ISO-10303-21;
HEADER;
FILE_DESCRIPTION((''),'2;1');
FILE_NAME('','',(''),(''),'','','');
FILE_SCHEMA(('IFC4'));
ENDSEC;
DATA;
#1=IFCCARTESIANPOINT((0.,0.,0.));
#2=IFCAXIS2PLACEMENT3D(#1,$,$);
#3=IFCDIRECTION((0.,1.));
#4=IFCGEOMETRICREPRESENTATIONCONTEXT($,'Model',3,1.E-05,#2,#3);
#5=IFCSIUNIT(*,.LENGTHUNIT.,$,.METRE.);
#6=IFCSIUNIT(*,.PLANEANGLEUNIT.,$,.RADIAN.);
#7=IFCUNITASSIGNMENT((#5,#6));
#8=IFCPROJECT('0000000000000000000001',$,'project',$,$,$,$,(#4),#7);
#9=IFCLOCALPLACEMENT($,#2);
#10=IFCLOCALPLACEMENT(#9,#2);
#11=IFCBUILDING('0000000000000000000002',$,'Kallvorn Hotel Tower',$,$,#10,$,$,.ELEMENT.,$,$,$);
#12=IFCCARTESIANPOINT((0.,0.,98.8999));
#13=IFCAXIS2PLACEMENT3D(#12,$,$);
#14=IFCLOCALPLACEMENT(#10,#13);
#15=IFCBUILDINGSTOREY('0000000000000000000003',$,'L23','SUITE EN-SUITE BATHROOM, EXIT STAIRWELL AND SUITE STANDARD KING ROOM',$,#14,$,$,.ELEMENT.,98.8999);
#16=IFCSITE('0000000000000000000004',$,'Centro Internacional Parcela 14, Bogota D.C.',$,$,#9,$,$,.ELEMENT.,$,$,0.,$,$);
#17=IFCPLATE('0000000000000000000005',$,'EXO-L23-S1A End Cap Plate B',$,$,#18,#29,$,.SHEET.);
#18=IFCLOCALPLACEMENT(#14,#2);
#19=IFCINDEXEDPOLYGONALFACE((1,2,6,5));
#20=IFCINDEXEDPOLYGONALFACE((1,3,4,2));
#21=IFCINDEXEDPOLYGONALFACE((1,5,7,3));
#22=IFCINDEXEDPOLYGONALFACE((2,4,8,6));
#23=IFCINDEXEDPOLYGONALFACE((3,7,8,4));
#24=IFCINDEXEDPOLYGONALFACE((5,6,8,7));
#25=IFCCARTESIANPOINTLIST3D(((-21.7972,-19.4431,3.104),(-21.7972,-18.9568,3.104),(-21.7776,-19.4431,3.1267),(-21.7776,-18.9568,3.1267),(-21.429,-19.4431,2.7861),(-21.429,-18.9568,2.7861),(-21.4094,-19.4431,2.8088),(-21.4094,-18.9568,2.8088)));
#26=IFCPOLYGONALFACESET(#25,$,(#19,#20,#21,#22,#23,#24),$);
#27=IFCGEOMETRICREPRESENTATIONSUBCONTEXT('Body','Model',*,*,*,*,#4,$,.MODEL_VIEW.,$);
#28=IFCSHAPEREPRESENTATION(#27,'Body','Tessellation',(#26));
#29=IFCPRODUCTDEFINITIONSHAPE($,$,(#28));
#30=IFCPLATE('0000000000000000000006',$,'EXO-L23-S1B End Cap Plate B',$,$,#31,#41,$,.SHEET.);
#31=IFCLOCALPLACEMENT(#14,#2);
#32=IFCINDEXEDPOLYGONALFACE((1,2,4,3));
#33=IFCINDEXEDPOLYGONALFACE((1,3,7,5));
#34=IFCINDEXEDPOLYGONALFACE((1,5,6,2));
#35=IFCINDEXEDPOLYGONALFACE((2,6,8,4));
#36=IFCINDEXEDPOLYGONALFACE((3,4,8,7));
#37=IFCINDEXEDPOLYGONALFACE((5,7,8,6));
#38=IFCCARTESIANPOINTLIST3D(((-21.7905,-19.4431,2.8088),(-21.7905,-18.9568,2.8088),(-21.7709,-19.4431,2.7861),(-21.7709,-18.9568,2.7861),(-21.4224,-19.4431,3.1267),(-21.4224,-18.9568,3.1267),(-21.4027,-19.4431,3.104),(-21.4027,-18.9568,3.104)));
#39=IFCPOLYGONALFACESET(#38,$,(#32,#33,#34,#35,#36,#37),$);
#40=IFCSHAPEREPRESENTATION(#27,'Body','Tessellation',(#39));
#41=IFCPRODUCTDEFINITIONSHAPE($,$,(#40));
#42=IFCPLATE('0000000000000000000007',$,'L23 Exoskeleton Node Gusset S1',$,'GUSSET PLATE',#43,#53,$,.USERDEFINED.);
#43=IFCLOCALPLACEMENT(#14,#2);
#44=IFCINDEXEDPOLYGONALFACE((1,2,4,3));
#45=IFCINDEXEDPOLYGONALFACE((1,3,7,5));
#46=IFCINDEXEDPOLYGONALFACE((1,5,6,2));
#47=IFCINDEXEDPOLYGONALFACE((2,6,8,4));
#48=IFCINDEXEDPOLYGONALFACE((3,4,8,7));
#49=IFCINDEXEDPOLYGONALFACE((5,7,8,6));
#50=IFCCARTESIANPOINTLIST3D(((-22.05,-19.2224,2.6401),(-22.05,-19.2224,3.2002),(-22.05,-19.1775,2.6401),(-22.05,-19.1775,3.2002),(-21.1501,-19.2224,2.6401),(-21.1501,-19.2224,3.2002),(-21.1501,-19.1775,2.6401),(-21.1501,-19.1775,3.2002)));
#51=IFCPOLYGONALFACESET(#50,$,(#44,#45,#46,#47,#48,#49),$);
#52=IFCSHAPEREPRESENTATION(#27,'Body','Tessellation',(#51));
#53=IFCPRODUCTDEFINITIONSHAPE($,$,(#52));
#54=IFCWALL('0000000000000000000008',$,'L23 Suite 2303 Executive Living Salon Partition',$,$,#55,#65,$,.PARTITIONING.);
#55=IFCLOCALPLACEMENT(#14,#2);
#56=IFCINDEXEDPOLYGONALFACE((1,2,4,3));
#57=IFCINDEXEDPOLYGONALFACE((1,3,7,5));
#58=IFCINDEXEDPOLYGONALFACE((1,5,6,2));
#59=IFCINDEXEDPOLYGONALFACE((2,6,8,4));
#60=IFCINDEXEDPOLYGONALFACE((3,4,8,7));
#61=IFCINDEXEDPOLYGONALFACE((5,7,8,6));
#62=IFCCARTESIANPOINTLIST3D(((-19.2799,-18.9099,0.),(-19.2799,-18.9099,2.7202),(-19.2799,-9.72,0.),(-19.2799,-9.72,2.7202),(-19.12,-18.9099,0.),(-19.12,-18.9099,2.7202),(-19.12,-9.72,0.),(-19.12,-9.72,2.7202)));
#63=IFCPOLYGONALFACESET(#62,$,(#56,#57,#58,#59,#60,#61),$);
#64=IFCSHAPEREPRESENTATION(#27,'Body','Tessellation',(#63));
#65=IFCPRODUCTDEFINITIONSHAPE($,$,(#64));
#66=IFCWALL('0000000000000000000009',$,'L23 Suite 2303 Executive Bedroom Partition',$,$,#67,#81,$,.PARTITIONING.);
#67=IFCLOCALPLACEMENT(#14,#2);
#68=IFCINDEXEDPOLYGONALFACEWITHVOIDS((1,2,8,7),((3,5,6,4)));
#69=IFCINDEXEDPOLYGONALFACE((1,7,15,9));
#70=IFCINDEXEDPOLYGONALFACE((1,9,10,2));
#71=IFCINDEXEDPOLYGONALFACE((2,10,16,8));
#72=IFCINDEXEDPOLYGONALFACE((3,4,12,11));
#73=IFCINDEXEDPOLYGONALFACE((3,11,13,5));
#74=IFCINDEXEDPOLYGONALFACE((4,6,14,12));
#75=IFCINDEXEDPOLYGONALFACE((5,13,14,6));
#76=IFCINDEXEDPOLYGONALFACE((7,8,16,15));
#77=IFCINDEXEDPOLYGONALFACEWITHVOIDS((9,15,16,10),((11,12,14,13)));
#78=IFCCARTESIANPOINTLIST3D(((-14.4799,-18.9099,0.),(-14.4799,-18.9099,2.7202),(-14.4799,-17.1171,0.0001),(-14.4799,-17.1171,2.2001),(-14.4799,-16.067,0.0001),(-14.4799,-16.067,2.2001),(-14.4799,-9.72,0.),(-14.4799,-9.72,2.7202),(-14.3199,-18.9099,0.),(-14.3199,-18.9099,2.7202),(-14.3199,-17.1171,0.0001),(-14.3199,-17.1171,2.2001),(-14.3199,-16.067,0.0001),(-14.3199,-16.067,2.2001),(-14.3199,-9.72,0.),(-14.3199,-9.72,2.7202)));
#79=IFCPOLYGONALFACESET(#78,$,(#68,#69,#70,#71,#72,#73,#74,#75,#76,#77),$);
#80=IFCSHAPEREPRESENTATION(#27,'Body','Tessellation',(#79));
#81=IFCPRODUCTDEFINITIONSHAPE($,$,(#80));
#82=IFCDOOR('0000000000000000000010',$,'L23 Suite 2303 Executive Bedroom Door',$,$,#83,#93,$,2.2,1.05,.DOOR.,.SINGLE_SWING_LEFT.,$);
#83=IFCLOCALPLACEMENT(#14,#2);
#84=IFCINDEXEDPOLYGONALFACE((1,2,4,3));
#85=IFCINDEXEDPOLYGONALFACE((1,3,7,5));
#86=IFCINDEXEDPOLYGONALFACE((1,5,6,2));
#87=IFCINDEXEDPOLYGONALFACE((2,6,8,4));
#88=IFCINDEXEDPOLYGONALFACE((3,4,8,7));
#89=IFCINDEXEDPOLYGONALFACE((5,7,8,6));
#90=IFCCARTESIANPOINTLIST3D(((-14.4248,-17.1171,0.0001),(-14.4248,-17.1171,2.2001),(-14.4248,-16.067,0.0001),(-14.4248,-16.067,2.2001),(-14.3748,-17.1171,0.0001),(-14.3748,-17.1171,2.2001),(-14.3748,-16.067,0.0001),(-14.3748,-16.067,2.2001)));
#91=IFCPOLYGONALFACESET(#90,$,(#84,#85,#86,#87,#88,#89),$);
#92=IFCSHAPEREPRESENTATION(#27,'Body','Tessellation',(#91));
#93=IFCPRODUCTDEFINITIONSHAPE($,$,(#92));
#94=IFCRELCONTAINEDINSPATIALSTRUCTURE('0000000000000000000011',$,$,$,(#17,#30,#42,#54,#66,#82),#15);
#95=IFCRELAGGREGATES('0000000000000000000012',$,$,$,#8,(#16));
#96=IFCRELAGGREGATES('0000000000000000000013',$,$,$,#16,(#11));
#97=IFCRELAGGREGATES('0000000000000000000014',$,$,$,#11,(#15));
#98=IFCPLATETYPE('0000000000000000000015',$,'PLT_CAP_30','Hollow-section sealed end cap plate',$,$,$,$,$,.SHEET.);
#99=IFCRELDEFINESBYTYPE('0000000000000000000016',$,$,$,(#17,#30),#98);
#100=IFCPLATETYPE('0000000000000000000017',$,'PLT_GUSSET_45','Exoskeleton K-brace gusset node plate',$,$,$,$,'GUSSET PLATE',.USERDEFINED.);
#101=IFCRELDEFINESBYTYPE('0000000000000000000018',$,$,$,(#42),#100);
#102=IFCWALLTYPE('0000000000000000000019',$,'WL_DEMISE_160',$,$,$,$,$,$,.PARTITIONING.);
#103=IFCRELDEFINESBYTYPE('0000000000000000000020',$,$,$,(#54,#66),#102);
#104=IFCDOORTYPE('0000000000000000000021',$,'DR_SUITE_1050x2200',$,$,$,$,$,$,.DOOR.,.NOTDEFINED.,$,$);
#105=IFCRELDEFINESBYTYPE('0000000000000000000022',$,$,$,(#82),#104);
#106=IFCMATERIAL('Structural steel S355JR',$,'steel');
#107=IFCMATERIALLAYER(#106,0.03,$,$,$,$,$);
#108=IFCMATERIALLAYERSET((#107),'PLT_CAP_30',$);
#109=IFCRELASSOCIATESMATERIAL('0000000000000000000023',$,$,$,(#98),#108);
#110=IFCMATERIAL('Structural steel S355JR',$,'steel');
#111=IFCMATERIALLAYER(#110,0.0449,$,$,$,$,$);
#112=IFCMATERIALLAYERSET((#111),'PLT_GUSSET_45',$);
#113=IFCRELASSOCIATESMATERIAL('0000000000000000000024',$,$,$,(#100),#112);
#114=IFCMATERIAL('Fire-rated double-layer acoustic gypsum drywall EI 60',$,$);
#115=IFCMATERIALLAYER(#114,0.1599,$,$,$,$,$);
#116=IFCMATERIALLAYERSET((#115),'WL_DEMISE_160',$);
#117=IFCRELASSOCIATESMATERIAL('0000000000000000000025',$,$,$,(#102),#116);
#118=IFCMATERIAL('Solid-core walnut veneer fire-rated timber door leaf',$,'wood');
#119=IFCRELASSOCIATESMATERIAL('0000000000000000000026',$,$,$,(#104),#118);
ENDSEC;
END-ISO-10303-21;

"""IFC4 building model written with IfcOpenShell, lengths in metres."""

from ifc_helpers import new_model, si_unit, direction, frame, frame_2d, origin, origin_2d, place, context, subcontext, project, spatial, polyline, rectangle, outline, extrude, material, layer, layer_set, type_object, element, fill, save


model = new_model("IFC4")

# Units and contexts
model_context = context("Model", 3, precision=1e-05, world=origin(), true_north=direction((0.0, 1.0)))
body_context = subcontext(model_context, "Body", "Model", "MODEL_VIEW")
ifc_project = project(units=[si_unit("LENGTHUNIT", "METRE"), si_unit("PLANEANGLEUNIT", "RADIAN")], contexts=[model_context])

# Site, building, storey
site_placement = place(None, origin())
site = spatial("IfcSite", under=ifc_project, at=site_placement, Name="Centro Internacional Parcela 14, Bogota D.C.", CompositionType="ELEMENT", RefElevation=0.0)
building_placement = place(site_placement, origin())
building = spatial("IfcBuilding", under=site, at=building_placement, Name="Kallvorn Hotel Tower", CompositionType="ELEMENT")
storey_placement = place(building_placement, frame((0.0, 0.0, 98.8999)))
storey = spatial("IfcBuildingStorey", under=building, at=storey_placement, Name="L23", Description="SUITE EN-SUITE BATHROOM, EXIT STAIRWELL AND SUITE STANDARD KING ROOM", CompositionType="ELEMENT", Elevation=98.8999)

# Plates
ifc_material_1 = material(Name="Structural steel S355JR", Category="steel")
ifc_layer_1 = layer(ifc_material_1, 0.03)
ifc_layer_set_1 = layer_set([ifc_layer_1], Name="PLT_CAP_30")
plate_type_1 = type_object("IfcPlateType", Name="PLT_CAP_30", Description="Hollow-section sealed end cap plate", PredefinedType="SHEET", material=ifc_layer_set_1)
for number, where, z_axis, x_axis, name in (
    (1, (-21.4094, -19.4431, 2.8088), (0.653515, 0.0, 0.756913), (0.0, 1.0, 0.0), "EXO-L23-S1A End Cap Plate B"),
    (2, (-21.7905, -18.9568, 2.8088), (-0.653515, 0.0, 0.756913), (0.0, -1.0, 0.0), "EXO-L23-S1B End Cap Plate B"),
):
    element("IfcPlate", number, at=place(storey_placement, frame(where, z_axis=z_axis, x_axis=x_axis)), inside=storey, type_object=plate_type_1, Name=name, PredefinedType="SHEET", context=body_context, shape_type="SweptSolid", body=[
        extrude(outline(polyline([(0.0, 0.0), (0.4863, 0.0), (0.4863, 0.4864), (0.0, 0.4864), (0.0, 0.0)])), origin(), (0.0, 0.0, -1.0), 0.03),
    ])
ifc_material_2 = material(Name="Structural steel S355JR", Category="steel")
ifc_layer_2 = layer(ifc_material_2, 0.0449)
ifc_layer_set_2 = layer_set([ifc_layer_2], Name="PLT_GUSSET_45")
plate_type_2 = type_object("IfcPlateType", Name="PLT_GUSSET_45", Description="Exoskeleton K-brace gusset node plate", ElementType="GUSSET PLATE", PredefinedType="USERDEFINED", material=ifc_layer_set_2)
plate_placement = place(storey_placement, frame((-21.6001, -19.2, 2.6401), z_axis=(0.0, 0.0, 1.0), x_axis=(1.0, 0.0, 0.0)))
element("IfcPlate", 3, at=plate_placement, inside=storey, type_object=plate_type_2, Name="L23 Exoskeleton Node Gusset S1", ObjectType="GUSSET PLATE", PredefinedType="USERDEFINED", context=body_context, shape_type="SweptSolid", body=[
    extrude(rectangle(XDim=0.8999, YDim=0.0449, at=origin_2d()), origin(), (0.0, 0.0, 1.0), 0.5601),
])

# Wall
ifc_material_3 = material(Name="Fire-rated double-layer acoustic gypsum drywall EI 60")
ifc_layer_3 = layer(ifc_material_3, 0.1599)
ifc_layer_set_3 = layer_set([ifc_layer_3], Name="WL_DEMISE_160")
wall_type = type_object("IfcWallType", Name="WL_DEMISE_160", PredefinedType="PARTITIONING", material=ifc_layer_set_3)
wall_1_placement = place(storey_placement, frame((-19.2, -18.9099, 0.0), z_axis=(0.0, 0.0, 1.0), x_axis=(0.0, 1.0, 0.0)))
element("IfcWall", 4, at=wall_1_placement, inside=storey, type_object=wall_type, Name="L23 Suite 2303 Executive Living Salon Partition", PredefinedType="PARTITIONING", context=body_context, shape_type="SweptSolid", body=[
    extrude(rectangle(XDim=9.1899, YDim=0.1599, at=frame_2d((4.595, 0.0))), origin(), (0.0, 0.0, 1.0), 2.7202),
])

# Wall, opening, door
wall_2_placement = place(storey_placement, frame((-14.3999, -18.9099, 0.0), z_axis=(0.0, 0.0, 1.0), x_axis=(0.0, 1.0, 0.0)))
wall_2 = element("IfcWall", 5, at=wall_2_placement, inside=storey, type_object=wall_type, Name="L23 Suite 2303 Executive Bedroom Partition", PredefinedType="PARTITIONING", context=body_context, shape_type="SweptSolid", body=[
    extrude(rectangle(XDim=9.1899, YDim=0.1599, at=frame_2d((4.595, 0.0))), origin(), (0.0, 0.0, 1.0), 2.7202),
])
opening_placement = place(wall_2_placement, frame((1.793, 0.0, 0.0)))
opening = element("IfcOpeningElement", 6, at=opening_placement, cuts=wall_2, PredefinedType="OPENING", context=body_context, shape_type="SweptSolid", body=[
    extrude(rectangle(XDim=1.05, YDim=2.2, at=frame_2d((0.5249, 1.1001))), frame((0.0, 0.095, 0.0), z_axis=(0.0, -1.0, 0.0), x_axis=(1.0, 0.0, 0.0)), (0.0, 0.0, 1.0), 0.1899),
])
ifc_material_4 = material(Name="Solid-core walnut veneer fire-rated timber door leaf", Category="wood")
door_type = type_object("IfcDoorType", Name="DR_SUITE_1050x2200", OperationType="NOTDEFINED", PredefinedType="DOOR", material=ifc_material_4)
door_placement = place(opening_placement, origin())
door = element("IfcDoor", 7, at=door_placement, inside=storey, type_object=door_type, Name="L23 Suite 2303 Executive Bedroom Door", OperationType="SINGLE_SWING_LEFT", OverallHeight=2.2, OverallWidth=1.05, PredefinedType="DOOR", context=body_context, shape_type="SweptSolid", body=[
    extrude(rectangle(XDim=1.05, YDim=2.2, at=frame_2d((0.5249, 1.1001))), frame((0.0, 0.0249, 0.0), z_axis=(0.0, -1.0, 0.0), x_axis=(1.0, 0.0, 0.0)), (0.0, 0.0, 1.0), 0.05),
])
fill(opening, door)

save(model, "model.ifc")
